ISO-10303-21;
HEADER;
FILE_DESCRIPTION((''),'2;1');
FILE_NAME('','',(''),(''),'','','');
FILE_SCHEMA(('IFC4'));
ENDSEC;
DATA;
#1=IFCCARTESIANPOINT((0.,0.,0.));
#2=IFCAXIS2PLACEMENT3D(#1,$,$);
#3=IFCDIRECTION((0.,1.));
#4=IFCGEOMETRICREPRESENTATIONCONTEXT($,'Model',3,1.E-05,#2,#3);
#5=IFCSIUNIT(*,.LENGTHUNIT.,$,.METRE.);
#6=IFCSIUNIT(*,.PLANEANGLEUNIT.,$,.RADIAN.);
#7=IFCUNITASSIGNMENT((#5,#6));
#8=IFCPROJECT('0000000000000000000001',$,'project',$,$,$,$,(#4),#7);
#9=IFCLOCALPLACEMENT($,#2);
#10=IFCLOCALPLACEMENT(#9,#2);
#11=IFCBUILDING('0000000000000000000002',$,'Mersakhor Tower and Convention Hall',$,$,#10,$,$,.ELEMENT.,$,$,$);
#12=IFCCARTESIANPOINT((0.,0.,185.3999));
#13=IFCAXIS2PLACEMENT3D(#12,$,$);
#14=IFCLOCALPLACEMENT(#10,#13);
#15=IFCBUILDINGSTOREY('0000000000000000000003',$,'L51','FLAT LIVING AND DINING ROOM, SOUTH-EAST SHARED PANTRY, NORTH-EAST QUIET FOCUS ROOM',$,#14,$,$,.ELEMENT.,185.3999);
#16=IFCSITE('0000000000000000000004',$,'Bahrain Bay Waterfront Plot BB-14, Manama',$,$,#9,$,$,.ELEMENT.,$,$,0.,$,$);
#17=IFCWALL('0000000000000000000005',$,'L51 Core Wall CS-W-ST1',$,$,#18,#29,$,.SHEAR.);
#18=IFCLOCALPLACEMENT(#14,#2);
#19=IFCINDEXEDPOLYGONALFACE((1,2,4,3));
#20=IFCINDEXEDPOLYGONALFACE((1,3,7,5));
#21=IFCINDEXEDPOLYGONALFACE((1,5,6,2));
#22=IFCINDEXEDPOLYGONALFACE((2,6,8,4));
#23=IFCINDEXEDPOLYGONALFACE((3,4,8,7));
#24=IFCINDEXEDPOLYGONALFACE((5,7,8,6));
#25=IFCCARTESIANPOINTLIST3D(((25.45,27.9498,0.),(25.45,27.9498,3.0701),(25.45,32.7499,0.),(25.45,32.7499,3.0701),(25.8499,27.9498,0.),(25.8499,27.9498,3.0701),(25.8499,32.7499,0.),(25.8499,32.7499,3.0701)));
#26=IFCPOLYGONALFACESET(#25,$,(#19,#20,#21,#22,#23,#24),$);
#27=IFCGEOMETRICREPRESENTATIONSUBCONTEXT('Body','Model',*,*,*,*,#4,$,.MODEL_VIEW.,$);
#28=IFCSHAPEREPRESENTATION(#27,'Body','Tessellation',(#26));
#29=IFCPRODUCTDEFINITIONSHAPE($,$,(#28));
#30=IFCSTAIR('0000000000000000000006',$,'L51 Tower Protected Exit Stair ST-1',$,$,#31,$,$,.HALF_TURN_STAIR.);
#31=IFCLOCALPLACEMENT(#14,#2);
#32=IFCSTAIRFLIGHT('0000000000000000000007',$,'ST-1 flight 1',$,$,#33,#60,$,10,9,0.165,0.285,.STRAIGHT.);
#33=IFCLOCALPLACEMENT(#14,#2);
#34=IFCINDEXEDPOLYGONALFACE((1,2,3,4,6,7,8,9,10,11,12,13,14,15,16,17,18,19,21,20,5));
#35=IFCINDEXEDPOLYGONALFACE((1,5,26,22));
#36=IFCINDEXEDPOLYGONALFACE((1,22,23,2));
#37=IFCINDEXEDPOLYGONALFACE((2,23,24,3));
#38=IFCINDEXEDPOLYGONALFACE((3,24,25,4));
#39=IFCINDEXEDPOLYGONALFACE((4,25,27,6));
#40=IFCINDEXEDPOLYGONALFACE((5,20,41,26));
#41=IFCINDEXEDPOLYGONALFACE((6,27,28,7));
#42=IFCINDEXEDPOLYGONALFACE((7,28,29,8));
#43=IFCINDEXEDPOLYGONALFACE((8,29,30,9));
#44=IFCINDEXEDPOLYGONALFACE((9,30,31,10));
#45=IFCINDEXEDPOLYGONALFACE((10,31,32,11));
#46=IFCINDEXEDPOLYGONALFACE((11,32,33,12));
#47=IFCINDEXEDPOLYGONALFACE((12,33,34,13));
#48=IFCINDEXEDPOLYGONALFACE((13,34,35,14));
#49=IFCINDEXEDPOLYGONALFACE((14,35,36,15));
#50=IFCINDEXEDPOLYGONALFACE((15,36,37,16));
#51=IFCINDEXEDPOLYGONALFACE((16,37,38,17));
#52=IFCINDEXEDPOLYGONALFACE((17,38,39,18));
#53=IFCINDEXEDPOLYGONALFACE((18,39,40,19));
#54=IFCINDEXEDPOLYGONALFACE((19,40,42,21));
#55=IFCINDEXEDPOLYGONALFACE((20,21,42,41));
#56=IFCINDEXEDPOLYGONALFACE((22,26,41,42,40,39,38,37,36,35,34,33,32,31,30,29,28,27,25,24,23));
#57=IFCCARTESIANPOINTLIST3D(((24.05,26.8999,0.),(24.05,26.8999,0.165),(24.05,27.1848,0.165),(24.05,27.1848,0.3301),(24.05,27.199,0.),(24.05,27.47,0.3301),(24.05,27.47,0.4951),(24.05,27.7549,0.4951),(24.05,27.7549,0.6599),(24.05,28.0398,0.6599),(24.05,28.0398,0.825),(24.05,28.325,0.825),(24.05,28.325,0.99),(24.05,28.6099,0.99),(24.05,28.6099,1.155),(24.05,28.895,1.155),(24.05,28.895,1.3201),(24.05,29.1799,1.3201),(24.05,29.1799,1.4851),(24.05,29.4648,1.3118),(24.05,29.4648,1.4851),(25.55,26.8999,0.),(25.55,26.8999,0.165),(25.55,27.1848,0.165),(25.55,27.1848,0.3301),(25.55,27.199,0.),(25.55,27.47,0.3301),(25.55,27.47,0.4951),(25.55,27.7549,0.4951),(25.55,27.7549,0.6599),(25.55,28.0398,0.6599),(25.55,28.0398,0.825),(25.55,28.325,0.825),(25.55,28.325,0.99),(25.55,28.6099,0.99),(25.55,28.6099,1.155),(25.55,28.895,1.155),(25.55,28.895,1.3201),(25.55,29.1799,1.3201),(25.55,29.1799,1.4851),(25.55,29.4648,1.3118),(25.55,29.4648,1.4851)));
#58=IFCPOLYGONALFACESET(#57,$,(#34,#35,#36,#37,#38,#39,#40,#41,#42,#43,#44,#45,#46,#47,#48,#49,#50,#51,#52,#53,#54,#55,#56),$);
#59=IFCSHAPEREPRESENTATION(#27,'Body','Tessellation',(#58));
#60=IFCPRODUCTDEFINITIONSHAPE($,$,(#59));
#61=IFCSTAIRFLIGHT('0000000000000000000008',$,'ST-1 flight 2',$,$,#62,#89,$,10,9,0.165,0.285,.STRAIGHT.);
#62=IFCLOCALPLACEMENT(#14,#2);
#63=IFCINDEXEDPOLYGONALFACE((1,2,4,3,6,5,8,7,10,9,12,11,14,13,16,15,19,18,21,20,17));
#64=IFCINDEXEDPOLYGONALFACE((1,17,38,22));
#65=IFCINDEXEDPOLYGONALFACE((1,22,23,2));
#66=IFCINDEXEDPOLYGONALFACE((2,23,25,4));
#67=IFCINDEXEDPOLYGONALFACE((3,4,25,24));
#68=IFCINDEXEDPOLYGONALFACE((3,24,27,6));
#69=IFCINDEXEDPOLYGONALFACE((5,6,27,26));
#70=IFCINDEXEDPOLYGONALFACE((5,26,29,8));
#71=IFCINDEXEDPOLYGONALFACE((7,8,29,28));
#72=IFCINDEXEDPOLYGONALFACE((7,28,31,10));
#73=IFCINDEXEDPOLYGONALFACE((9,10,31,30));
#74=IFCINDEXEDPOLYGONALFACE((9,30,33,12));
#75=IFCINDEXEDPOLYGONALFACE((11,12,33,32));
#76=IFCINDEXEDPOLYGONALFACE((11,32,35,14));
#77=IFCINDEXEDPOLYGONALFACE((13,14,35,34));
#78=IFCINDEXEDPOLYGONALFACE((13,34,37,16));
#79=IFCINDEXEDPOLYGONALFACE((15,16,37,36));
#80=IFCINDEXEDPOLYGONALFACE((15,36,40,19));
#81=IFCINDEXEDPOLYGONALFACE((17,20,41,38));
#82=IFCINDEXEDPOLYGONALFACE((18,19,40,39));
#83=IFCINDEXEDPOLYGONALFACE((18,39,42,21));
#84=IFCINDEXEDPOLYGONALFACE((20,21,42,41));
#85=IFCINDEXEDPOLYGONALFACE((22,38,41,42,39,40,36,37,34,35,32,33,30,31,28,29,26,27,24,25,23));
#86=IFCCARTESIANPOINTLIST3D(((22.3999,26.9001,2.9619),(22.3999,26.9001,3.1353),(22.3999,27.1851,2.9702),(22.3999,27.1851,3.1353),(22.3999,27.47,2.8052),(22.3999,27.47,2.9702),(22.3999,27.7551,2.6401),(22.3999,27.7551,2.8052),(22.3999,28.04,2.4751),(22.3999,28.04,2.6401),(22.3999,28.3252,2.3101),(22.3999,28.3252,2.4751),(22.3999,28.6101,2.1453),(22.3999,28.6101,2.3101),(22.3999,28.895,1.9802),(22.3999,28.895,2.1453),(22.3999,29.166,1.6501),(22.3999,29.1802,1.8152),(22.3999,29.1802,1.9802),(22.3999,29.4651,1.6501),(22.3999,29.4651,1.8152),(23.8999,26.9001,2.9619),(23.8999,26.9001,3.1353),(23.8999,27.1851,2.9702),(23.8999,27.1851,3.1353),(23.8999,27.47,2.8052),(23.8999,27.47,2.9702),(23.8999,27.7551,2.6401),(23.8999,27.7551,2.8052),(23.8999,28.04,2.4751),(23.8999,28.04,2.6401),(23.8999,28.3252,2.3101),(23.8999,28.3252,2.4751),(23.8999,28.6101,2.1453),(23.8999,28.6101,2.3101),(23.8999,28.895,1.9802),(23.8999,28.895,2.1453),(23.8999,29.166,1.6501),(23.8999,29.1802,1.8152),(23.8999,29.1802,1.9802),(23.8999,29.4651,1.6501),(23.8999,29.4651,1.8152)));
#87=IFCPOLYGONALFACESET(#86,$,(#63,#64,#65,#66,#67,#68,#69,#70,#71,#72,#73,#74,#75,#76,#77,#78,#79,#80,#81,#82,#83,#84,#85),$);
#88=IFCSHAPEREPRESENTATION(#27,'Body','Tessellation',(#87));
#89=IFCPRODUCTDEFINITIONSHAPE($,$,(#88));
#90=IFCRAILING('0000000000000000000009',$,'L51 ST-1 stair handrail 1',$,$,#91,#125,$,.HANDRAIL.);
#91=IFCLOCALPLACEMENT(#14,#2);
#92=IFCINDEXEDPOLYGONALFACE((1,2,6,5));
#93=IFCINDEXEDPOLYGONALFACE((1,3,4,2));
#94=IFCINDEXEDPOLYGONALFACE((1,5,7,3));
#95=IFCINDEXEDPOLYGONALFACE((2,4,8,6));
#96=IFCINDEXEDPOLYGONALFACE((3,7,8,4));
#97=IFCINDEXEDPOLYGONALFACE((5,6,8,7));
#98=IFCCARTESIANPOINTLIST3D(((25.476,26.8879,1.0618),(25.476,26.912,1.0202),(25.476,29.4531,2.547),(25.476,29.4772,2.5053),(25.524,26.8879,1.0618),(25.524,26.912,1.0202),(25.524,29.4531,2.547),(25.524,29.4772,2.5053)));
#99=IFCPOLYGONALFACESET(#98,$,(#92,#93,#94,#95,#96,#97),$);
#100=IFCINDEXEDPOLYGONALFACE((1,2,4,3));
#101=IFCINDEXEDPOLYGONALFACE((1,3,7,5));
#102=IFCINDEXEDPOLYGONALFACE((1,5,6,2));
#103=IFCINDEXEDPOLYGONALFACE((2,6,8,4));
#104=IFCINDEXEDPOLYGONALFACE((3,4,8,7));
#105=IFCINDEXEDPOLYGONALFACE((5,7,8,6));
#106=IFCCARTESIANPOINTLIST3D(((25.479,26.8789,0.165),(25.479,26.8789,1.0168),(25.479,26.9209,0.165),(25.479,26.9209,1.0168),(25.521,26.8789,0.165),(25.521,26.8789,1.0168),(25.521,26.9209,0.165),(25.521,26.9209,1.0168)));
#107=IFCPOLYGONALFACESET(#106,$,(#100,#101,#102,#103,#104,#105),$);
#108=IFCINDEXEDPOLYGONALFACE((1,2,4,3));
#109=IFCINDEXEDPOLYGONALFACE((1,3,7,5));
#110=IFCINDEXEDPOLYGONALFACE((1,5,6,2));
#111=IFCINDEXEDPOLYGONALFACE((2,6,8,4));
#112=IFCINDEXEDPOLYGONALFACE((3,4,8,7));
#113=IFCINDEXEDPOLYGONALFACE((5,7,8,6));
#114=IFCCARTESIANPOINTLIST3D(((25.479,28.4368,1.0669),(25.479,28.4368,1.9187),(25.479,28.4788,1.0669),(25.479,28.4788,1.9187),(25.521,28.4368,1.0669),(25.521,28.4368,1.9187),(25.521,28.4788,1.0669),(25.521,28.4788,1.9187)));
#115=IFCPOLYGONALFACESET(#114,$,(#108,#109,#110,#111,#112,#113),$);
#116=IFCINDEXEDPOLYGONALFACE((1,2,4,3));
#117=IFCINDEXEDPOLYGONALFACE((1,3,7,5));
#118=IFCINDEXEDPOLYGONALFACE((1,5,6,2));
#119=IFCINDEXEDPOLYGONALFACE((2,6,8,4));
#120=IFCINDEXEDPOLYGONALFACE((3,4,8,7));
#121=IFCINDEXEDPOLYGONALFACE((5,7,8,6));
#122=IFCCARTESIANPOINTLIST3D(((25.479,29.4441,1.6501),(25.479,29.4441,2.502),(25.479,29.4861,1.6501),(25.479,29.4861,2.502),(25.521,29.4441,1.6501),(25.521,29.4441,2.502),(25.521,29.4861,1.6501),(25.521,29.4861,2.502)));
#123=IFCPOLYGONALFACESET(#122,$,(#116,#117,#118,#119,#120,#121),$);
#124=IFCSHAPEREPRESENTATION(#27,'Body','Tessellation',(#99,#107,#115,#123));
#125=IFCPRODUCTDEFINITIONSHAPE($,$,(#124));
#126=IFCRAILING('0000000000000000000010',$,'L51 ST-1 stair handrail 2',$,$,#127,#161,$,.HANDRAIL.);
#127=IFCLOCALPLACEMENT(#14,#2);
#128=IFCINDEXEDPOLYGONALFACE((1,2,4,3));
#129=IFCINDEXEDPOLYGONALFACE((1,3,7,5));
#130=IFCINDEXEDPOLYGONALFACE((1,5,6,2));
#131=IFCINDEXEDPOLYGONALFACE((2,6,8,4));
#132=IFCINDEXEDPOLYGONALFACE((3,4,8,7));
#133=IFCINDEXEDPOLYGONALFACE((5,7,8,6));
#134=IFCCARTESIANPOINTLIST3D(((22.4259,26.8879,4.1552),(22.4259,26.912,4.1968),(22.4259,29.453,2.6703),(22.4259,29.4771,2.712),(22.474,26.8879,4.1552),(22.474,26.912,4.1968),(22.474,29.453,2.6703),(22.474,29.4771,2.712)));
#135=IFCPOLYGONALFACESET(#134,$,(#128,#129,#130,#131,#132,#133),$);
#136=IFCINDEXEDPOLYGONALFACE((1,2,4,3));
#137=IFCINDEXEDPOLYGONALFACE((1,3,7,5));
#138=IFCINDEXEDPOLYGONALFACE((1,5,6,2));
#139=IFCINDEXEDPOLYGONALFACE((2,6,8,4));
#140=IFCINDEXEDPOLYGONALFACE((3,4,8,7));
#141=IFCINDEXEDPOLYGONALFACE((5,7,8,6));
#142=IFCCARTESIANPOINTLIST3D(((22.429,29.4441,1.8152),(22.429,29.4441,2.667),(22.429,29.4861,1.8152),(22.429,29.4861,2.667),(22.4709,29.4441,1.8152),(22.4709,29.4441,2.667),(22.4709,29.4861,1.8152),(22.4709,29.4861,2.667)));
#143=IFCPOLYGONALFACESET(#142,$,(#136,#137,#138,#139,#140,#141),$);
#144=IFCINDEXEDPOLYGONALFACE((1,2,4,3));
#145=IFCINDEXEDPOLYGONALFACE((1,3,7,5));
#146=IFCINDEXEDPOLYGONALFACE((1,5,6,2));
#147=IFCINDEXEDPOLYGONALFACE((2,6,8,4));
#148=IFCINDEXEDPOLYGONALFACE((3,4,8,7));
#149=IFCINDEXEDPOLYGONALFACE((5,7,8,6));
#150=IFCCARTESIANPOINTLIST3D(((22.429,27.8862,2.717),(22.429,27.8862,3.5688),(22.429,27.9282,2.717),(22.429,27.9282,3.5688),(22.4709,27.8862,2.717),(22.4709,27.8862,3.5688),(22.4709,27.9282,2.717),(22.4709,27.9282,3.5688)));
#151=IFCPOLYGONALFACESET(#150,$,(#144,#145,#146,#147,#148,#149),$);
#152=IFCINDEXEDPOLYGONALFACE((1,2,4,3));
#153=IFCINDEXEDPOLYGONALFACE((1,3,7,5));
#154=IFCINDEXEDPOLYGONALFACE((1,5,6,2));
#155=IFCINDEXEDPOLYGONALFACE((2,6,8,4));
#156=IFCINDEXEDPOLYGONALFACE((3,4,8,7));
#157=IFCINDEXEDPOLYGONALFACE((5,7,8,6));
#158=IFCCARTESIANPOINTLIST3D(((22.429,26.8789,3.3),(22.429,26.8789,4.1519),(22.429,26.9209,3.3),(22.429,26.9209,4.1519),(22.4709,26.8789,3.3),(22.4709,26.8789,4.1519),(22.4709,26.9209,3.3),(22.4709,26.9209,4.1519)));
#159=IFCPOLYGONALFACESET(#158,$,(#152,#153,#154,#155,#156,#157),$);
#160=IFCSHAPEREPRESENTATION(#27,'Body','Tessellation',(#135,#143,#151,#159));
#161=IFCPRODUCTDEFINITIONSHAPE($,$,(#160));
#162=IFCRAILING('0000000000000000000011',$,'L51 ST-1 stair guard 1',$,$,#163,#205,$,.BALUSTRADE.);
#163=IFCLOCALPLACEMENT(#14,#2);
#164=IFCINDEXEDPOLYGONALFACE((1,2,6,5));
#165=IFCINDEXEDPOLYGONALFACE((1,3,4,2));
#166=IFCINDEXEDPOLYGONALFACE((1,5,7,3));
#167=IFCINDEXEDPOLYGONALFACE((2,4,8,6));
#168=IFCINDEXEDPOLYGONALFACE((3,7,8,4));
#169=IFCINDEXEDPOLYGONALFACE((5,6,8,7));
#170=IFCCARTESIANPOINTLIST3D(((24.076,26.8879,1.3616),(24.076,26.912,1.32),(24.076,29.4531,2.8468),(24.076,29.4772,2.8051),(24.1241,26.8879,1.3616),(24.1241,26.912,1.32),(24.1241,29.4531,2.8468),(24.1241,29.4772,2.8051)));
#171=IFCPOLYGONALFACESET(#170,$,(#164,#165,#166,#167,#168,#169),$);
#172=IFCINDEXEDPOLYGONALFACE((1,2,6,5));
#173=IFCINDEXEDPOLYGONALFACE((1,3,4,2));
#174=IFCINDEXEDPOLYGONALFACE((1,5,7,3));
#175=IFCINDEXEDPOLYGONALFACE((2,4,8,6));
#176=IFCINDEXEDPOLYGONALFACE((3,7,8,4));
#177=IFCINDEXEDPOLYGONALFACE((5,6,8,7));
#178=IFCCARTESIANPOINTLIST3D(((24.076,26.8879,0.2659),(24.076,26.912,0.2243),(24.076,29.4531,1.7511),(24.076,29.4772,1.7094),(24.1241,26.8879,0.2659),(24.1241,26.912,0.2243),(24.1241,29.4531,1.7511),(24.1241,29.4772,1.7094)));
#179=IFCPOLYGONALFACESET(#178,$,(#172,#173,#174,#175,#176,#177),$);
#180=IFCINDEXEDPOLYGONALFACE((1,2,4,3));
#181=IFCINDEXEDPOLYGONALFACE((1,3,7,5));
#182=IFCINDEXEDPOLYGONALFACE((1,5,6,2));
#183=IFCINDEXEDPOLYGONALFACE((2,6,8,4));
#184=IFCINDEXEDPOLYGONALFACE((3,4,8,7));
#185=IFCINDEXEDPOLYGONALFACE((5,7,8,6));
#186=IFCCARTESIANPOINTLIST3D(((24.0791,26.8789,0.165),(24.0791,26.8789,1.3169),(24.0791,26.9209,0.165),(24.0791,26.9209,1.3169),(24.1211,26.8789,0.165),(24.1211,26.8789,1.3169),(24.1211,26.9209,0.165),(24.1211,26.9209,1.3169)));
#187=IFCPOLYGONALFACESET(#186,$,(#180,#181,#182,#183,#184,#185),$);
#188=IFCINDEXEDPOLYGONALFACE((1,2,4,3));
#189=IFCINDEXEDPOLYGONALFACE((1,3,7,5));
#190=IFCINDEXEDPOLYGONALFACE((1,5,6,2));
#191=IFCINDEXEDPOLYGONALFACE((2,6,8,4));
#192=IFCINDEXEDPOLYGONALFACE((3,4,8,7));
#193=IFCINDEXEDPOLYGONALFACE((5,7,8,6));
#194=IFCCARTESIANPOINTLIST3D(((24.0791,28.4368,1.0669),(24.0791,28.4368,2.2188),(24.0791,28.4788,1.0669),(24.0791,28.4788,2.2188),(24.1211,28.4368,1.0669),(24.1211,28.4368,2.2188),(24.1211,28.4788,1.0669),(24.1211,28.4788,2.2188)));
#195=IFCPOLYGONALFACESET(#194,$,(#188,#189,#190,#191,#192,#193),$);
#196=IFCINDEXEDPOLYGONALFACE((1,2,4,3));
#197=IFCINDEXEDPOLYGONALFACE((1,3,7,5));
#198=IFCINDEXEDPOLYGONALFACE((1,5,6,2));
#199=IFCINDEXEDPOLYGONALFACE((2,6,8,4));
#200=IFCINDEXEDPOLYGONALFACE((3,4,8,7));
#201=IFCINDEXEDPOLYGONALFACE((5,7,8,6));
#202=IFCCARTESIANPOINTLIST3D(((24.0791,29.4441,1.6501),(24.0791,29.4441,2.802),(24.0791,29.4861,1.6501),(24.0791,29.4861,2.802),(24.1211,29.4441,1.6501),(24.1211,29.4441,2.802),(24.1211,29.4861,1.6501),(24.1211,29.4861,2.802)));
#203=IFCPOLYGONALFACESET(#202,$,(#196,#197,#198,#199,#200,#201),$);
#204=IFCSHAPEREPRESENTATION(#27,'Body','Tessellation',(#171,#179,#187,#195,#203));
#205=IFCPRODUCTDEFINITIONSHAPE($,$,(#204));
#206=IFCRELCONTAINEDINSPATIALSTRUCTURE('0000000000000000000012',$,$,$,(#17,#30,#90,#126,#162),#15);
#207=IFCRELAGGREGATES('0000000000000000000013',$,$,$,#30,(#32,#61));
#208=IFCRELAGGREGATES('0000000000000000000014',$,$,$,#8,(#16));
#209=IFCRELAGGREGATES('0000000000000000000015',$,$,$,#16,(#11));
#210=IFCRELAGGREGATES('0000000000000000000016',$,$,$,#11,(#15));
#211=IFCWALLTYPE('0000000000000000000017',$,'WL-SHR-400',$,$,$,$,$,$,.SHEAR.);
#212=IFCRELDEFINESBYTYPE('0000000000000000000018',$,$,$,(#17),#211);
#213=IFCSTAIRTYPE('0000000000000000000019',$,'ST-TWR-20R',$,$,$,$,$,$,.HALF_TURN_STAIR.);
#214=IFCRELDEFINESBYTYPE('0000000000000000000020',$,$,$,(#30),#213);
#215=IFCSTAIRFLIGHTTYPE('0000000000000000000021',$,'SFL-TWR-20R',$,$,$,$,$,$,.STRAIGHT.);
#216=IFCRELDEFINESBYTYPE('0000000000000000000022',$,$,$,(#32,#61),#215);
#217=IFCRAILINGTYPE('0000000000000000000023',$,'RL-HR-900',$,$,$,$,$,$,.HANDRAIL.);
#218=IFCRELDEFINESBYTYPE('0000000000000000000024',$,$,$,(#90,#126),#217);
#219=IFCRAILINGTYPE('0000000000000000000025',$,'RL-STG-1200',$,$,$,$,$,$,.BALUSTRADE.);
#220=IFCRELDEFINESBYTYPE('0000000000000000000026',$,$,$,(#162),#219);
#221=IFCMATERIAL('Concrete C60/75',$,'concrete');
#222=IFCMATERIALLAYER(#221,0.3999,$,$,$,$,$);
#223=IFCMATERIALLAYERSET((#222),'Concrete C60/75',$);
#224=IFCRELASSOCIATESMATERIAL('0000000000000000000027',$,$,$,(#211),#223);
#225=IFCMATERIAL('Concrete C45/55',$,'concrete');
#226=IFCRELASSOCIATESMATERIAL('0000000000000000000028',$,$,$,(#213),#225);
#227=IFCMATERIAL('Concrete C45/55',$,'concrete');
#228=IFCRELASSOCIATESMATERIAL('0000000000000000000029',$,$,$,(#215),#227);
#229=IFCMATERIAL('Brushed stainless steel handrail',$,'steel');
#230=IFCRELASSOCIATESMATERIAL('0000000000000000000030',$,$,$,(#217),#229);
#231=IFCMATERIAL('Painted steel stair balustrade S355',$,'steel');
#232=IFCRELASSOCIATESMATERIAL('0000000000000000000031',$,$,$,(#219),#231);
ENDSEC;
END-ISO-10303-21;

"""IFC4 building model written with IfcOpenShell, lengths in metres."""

from ifc_helpers import new_model, si_unit, direction, frame, frame_2d, origin, origin_2d, place, context, subcontext, project, spatial, polyline, rectangle, outline, extrude, material, layer, layer_set, type_object, element, aggregate, save


model = new_model("IFC4")

# Units and contexts
model_context = context("Model", 3, precision=1e-05, world=origin(), true_north=direction((0.0, 1.0)))
body_context = subcontext(model_context, "Body", "Model", "MODEL_VIEW")
ifc_project = project(units=[si_unit("LENGTHUNIT", "METRE"), si_unit("PLANEANGLEUNIT", "RADIAN")], contexts=[model_context])

# Site, building, storey
site_placement = place(None, origin())
site = spatial("IfcSite", under=ifc_project, at=site_placement, Name="Bahrain Bay Waterfront Plot BB-14, Manama", CompositionType="ELEMENT", RefElevation=0.0)
building_placement = place(site_placement, origin())
building = spatial("IfcBuilding", under=site, at=building_placement, Name="Mersakhor Tower and Convention Hall", CompositionType="ELEMENT")
storey_placement = place(building_placement, frame((0.0, 0.0, 185.3999)))
storey = spatial("IfcBuildingStorey", under=building, at=storey_placement, Name="L51", Description="FLAT LIVING AND DINING ROOM, SOUTH-EAST SHARED PANTRY, NORTH-EAST QUIET FOCUS ROOM", CompositionType="ELEMENT", Elevation=185.3999)

# Shared definitions
ifc_material_1 = material(Name="Concrete C60/75", Category="concrete")
ifc_layer_1 = layer(ifc_material_1, 0.3999)
ifc_layer_set_1 = layer_set([ifc_layer_1], Name="Concrete C60/75")
wall_type_1 = type_object("IfcWallType", Name="WL-SHR-400", PredefinedType="SHEAR", material=ifc_layer_set_1)

# Wall
wall_1_placement = place(storey_placement, frame((25.6499, 27.95, 0.0), z_axis=(0.0, 0.0, 1.0), x_axis=(0.0, 1.0, 0.0)))
element("IfcWall", 1, at=wall_1_placement, inside=storey, type_object=wall_type_1, Name="L51 Core Wall CS-W-ST1", PredefinedType="SHEAR", context=body_context, shape_type="SweptSolid", body=[
    extrude(rectangle(XDim=4.8, YDim=0.3999, at=frame_2d((2.3999, 0.0))), origin(), (0.0, 0.0, 1.0), 3.0701),
])

# Stair, stair flights
ifc_material_2 = material(Name="Concrete C45/55", Category="concrete")
stair_type = type_object("IfcStairType", Name="ST-TWR-20R", PredefinedType="HALF_TURN_STAIR", material=ifc_material_2)
stair_placement = place(storey_placement, origin())
stair = element("IfcStair", 2, at=stair_placement, inside=storey, type_object=stair_type, Name="L51 Tower Protected Exit Stair ST-1", PredefinedType="HALF_TURN_STAIR")
ifc_material_3 = material(Name="Concrete C45/55", Category="concrete")
stair_flight_type = type_object("IfcStairFlightType", Name="SFL-TWR-20R", PredefinedType="STRAIGHT", material=ifc_material_3)
stair_flight_1_placement = place(storey_placement, frame((24.8, 26.8999, 0.0), z_axis=(0.0, 0.0, 1.0), x_axis=(0.0, 1.0, 0.0)))
stair_flight_1 = element("IfcStairFlight", 3, at=stair_flight_1_placement, type_object=stair_flight_type, Name="ST-1 flight 1", NumberOfRisers=10, NumberOfTreads=9, PredefinedType="STRAIGHT", RiserHeight=0.165, TreadLength=0.285, context=body_context, shape_type="SweptSolid", body=[
    extrude(outline(polyline([(0.0, 0.0), (0.0, 0.165), (0.2849, 0.165), (0.2849, 0.3301), (0.5701, 0.3301), (0.5701, 0.4951), (0.855, 0.4951), (0.855, 0.6599), (1.1399, 0.6599), (1.1399, 0.825), (1.425, 0.825), (1.425, 0.99), (1.71, 0.99), (1.71, 1.155), (1.9951, 1.155), (1.9951, 1.3201), (2.28, 1.3201), (2.28, 1.4851), (2.5649, 1.4851), (2.5649, 1.6499), (2.5649, 1.3118), (0.2991, 0.0), (0.0, 0.0)])), frame((0.0, 0.75, 0.0), z_axis=(0.0, -1.0, 0.0), x_axis=(1.0, 0.0, 0.0)), (0.0, 0.0, 1.0), 1.5),
])
stair_flight_2_placement = place(storey_placement, frame((23.1499, 29.4651, 1.6501), z_axis=(0.0, 0.0, 1.0), x_axis=(0.0, -1.0, 0.0)))
stair_flight_2 = element("IfcStairFlight", 4, at=stair_flight_2_placement, type_object=stair_flight_type, Name="ST-1 flight 2", NumberOfRisers=10, NumberOfTreads=9, PredefinedType="STRAIGHT", RiserHeight=0.165, TreadLength=0.285, context=body_context, shape_type="SweptSolid", body=[
    extrude(outline(polyline([(0.0, 0.0), (0.0, 0.165), (0.2849, 0.165), (0.2849, 0.3301), (0.5701, 0.3301), (0.5701, 0.4951), (0.855, 0.4951), (0.855, 0.6599), (1.1399, 0.6599), (1.1399, 0.825), (1.425, 0.825), (1.425, 0.99), (1.71, 0.99), (1.71, 1.155), (1.9951, 1.155), (1.9951, 1.3201), (2.28, 1.3201), (2.28, 1.4851), (2.5649, 1.4851), (2.5649, 1.6499), (2.5649, 1.3118), (0.2991, 0.0), (0.0, 0.0)])), frame((0.0, 0.75, 0.0), z_axis=(0.0, -1.0, 0.0), x_axis=(1.0, 0.0, 0.0)), (0.0, 0.0, 1.0), 1.5),
])
aggregate(stair, [stair_flight_1, stair_flight_2])

# Railings
ifc_material_4 = material(Name="Brushed stainless steel handrail", Category="steel")
railing_type_1 = type_object("IfcRailingType", Name="RL-HR-900", PredefinedType="HANDRAIL", material=ifc_material_4)
railing_1_placement = place(storey_placement, frame((25.5, 26.8999, 0.165)))
element("IfcRailing", 5, at=railing_1_placement, inside=storey, type_object=railing_type_1, Name="L51 ST-1 stair handrail 1", PredefinedType="HANDRAIL", context=body_context, shape_type="SweptSolid", body=[
    extrude(rectangle(XDim=0.0481, YDim=0.0481, at=origin_2d()), frame((0.0, 0.0, 0.876), z_axis=(0.0, 0.865426, 0.501036), x_axis=(-1.0, 0.0, 0.0)), (0.0, 0.0, 1.0), 2.9641),
    extrude(rectangle(XDim=0.042, YDim=0.042, at=origin_2d()), origin(), (0.0, 0.0, 1.0), 0.8518),
    extrude(rectangle(XDim=0.042, YDim=0.042, at=origin_2d()), frame((0.0, 1.5579, 0.9019)), (0.0, 0.0, 1.0), 0.8518),
    extrude(rectangle(XDim=0.042, YDim=0.042, at=origin_2d()), frame((0.0, 2.5652, 1.4851)), (0.0, 0.0, 1.0), 0.8518),
])
railing_2_placement = place(storey_placement, frame((22.45, 29.4651, 1.8152)))
element("IfcRailing", 6, at=railing_2_placement, inside=storey, type_object=railing_type_1, Name="L51 ST-1 stair handrail 2", PredefinedType="HANDRAIL", context=body_context, shape_type="SweptSolid", body=[
    extrude(rectangle(XDim=0.0481, YDim=0.0481, at=origin_2d()), frame((0.0, 0.0, 0.876), z_axis=(0.0, -0.865462, 0.500975), x_axis=(1.0, 0.0, 0.0)), (0.0, 0.0, 1.0), 2.9639),
    extrude(rectangle(XDim=0.042, YDim=0.042, at=origin_2d()), origin(), (0.0, 0.0, 1.0), 0.8518),
    extrude(rectangle(XDim=0.042, YDim=0.042, at=origin_2d()), frame((0.0, -1.5579, 0.9019)), (0.0, 0.0, 1.0), 0.8518),
    extrude(rectangle(XDim=0.042, YDim=0.042, at=origin_2d()), frame((0.0, -2.5652, 1.4849)), (0.0, 0.0, 1.0), 0.8518),
])
ifc_material_5 = material(Name="Painted steel stair balustrade S355", Category="steel")
railing_type_2 = type_object("IfcRailingType", Name="RL-STG-1200", PredefinedType="BALUSTRADE", material=ifc_material_5)
railing_3_placement = place(storey_placement, frame((24.1001, 26.8999, 0.165)))
element("IfcRailing", 7, at=railing_3_placement, inside=storey, type_object=railing_type_2, Name="L51 ST-1 stair guard 1", PredefinedType="BALUSTRADE", context=body_context, shape_type="SweptSolid", body=[
    extrude(rectangle(XDim=0.0481, YDim=0.0481, at=origin_2d()), frame((0.0, 0.0, 1.1758), z_axis=(0.0, 0.865426, 0.501036), x_axis=(-1.0, 0.0, 0.0)), (0.0, 0.0, 1.0), 2.9641),
    extrude(rectangle(XDim=0.0481, YDim=0.0481, at=origin_2d()), frame((0.0, 0.0, 0.0801), z_axis=(0.0, 0.865426, 0.501036), x_axis=(-1.0, 0.0, 0.0)), (0.0, 0.0, 1.0), 2.9641),
    extrude(rectangle(XDim=0.042, YDim=0.042, at=origin_2d()), origin(), (0.0, 0.0, 1.0), 1.1519),
    extrude(rectangle(XDim=0.042, YDim=0.042, at=origin_2d()), frame((0.0, 1.5579, 0.9019)), (0.0, 0.0, 1.0), 1.1519),
    extrude(rectangle(XDim=0.042, YDim=0.042, at=origin_2d()), frame((0.0, 2.5652, 1.4851)), (0.0, 0.0, 1.0), 1.1519),
])

save(model, "model.ifc")
